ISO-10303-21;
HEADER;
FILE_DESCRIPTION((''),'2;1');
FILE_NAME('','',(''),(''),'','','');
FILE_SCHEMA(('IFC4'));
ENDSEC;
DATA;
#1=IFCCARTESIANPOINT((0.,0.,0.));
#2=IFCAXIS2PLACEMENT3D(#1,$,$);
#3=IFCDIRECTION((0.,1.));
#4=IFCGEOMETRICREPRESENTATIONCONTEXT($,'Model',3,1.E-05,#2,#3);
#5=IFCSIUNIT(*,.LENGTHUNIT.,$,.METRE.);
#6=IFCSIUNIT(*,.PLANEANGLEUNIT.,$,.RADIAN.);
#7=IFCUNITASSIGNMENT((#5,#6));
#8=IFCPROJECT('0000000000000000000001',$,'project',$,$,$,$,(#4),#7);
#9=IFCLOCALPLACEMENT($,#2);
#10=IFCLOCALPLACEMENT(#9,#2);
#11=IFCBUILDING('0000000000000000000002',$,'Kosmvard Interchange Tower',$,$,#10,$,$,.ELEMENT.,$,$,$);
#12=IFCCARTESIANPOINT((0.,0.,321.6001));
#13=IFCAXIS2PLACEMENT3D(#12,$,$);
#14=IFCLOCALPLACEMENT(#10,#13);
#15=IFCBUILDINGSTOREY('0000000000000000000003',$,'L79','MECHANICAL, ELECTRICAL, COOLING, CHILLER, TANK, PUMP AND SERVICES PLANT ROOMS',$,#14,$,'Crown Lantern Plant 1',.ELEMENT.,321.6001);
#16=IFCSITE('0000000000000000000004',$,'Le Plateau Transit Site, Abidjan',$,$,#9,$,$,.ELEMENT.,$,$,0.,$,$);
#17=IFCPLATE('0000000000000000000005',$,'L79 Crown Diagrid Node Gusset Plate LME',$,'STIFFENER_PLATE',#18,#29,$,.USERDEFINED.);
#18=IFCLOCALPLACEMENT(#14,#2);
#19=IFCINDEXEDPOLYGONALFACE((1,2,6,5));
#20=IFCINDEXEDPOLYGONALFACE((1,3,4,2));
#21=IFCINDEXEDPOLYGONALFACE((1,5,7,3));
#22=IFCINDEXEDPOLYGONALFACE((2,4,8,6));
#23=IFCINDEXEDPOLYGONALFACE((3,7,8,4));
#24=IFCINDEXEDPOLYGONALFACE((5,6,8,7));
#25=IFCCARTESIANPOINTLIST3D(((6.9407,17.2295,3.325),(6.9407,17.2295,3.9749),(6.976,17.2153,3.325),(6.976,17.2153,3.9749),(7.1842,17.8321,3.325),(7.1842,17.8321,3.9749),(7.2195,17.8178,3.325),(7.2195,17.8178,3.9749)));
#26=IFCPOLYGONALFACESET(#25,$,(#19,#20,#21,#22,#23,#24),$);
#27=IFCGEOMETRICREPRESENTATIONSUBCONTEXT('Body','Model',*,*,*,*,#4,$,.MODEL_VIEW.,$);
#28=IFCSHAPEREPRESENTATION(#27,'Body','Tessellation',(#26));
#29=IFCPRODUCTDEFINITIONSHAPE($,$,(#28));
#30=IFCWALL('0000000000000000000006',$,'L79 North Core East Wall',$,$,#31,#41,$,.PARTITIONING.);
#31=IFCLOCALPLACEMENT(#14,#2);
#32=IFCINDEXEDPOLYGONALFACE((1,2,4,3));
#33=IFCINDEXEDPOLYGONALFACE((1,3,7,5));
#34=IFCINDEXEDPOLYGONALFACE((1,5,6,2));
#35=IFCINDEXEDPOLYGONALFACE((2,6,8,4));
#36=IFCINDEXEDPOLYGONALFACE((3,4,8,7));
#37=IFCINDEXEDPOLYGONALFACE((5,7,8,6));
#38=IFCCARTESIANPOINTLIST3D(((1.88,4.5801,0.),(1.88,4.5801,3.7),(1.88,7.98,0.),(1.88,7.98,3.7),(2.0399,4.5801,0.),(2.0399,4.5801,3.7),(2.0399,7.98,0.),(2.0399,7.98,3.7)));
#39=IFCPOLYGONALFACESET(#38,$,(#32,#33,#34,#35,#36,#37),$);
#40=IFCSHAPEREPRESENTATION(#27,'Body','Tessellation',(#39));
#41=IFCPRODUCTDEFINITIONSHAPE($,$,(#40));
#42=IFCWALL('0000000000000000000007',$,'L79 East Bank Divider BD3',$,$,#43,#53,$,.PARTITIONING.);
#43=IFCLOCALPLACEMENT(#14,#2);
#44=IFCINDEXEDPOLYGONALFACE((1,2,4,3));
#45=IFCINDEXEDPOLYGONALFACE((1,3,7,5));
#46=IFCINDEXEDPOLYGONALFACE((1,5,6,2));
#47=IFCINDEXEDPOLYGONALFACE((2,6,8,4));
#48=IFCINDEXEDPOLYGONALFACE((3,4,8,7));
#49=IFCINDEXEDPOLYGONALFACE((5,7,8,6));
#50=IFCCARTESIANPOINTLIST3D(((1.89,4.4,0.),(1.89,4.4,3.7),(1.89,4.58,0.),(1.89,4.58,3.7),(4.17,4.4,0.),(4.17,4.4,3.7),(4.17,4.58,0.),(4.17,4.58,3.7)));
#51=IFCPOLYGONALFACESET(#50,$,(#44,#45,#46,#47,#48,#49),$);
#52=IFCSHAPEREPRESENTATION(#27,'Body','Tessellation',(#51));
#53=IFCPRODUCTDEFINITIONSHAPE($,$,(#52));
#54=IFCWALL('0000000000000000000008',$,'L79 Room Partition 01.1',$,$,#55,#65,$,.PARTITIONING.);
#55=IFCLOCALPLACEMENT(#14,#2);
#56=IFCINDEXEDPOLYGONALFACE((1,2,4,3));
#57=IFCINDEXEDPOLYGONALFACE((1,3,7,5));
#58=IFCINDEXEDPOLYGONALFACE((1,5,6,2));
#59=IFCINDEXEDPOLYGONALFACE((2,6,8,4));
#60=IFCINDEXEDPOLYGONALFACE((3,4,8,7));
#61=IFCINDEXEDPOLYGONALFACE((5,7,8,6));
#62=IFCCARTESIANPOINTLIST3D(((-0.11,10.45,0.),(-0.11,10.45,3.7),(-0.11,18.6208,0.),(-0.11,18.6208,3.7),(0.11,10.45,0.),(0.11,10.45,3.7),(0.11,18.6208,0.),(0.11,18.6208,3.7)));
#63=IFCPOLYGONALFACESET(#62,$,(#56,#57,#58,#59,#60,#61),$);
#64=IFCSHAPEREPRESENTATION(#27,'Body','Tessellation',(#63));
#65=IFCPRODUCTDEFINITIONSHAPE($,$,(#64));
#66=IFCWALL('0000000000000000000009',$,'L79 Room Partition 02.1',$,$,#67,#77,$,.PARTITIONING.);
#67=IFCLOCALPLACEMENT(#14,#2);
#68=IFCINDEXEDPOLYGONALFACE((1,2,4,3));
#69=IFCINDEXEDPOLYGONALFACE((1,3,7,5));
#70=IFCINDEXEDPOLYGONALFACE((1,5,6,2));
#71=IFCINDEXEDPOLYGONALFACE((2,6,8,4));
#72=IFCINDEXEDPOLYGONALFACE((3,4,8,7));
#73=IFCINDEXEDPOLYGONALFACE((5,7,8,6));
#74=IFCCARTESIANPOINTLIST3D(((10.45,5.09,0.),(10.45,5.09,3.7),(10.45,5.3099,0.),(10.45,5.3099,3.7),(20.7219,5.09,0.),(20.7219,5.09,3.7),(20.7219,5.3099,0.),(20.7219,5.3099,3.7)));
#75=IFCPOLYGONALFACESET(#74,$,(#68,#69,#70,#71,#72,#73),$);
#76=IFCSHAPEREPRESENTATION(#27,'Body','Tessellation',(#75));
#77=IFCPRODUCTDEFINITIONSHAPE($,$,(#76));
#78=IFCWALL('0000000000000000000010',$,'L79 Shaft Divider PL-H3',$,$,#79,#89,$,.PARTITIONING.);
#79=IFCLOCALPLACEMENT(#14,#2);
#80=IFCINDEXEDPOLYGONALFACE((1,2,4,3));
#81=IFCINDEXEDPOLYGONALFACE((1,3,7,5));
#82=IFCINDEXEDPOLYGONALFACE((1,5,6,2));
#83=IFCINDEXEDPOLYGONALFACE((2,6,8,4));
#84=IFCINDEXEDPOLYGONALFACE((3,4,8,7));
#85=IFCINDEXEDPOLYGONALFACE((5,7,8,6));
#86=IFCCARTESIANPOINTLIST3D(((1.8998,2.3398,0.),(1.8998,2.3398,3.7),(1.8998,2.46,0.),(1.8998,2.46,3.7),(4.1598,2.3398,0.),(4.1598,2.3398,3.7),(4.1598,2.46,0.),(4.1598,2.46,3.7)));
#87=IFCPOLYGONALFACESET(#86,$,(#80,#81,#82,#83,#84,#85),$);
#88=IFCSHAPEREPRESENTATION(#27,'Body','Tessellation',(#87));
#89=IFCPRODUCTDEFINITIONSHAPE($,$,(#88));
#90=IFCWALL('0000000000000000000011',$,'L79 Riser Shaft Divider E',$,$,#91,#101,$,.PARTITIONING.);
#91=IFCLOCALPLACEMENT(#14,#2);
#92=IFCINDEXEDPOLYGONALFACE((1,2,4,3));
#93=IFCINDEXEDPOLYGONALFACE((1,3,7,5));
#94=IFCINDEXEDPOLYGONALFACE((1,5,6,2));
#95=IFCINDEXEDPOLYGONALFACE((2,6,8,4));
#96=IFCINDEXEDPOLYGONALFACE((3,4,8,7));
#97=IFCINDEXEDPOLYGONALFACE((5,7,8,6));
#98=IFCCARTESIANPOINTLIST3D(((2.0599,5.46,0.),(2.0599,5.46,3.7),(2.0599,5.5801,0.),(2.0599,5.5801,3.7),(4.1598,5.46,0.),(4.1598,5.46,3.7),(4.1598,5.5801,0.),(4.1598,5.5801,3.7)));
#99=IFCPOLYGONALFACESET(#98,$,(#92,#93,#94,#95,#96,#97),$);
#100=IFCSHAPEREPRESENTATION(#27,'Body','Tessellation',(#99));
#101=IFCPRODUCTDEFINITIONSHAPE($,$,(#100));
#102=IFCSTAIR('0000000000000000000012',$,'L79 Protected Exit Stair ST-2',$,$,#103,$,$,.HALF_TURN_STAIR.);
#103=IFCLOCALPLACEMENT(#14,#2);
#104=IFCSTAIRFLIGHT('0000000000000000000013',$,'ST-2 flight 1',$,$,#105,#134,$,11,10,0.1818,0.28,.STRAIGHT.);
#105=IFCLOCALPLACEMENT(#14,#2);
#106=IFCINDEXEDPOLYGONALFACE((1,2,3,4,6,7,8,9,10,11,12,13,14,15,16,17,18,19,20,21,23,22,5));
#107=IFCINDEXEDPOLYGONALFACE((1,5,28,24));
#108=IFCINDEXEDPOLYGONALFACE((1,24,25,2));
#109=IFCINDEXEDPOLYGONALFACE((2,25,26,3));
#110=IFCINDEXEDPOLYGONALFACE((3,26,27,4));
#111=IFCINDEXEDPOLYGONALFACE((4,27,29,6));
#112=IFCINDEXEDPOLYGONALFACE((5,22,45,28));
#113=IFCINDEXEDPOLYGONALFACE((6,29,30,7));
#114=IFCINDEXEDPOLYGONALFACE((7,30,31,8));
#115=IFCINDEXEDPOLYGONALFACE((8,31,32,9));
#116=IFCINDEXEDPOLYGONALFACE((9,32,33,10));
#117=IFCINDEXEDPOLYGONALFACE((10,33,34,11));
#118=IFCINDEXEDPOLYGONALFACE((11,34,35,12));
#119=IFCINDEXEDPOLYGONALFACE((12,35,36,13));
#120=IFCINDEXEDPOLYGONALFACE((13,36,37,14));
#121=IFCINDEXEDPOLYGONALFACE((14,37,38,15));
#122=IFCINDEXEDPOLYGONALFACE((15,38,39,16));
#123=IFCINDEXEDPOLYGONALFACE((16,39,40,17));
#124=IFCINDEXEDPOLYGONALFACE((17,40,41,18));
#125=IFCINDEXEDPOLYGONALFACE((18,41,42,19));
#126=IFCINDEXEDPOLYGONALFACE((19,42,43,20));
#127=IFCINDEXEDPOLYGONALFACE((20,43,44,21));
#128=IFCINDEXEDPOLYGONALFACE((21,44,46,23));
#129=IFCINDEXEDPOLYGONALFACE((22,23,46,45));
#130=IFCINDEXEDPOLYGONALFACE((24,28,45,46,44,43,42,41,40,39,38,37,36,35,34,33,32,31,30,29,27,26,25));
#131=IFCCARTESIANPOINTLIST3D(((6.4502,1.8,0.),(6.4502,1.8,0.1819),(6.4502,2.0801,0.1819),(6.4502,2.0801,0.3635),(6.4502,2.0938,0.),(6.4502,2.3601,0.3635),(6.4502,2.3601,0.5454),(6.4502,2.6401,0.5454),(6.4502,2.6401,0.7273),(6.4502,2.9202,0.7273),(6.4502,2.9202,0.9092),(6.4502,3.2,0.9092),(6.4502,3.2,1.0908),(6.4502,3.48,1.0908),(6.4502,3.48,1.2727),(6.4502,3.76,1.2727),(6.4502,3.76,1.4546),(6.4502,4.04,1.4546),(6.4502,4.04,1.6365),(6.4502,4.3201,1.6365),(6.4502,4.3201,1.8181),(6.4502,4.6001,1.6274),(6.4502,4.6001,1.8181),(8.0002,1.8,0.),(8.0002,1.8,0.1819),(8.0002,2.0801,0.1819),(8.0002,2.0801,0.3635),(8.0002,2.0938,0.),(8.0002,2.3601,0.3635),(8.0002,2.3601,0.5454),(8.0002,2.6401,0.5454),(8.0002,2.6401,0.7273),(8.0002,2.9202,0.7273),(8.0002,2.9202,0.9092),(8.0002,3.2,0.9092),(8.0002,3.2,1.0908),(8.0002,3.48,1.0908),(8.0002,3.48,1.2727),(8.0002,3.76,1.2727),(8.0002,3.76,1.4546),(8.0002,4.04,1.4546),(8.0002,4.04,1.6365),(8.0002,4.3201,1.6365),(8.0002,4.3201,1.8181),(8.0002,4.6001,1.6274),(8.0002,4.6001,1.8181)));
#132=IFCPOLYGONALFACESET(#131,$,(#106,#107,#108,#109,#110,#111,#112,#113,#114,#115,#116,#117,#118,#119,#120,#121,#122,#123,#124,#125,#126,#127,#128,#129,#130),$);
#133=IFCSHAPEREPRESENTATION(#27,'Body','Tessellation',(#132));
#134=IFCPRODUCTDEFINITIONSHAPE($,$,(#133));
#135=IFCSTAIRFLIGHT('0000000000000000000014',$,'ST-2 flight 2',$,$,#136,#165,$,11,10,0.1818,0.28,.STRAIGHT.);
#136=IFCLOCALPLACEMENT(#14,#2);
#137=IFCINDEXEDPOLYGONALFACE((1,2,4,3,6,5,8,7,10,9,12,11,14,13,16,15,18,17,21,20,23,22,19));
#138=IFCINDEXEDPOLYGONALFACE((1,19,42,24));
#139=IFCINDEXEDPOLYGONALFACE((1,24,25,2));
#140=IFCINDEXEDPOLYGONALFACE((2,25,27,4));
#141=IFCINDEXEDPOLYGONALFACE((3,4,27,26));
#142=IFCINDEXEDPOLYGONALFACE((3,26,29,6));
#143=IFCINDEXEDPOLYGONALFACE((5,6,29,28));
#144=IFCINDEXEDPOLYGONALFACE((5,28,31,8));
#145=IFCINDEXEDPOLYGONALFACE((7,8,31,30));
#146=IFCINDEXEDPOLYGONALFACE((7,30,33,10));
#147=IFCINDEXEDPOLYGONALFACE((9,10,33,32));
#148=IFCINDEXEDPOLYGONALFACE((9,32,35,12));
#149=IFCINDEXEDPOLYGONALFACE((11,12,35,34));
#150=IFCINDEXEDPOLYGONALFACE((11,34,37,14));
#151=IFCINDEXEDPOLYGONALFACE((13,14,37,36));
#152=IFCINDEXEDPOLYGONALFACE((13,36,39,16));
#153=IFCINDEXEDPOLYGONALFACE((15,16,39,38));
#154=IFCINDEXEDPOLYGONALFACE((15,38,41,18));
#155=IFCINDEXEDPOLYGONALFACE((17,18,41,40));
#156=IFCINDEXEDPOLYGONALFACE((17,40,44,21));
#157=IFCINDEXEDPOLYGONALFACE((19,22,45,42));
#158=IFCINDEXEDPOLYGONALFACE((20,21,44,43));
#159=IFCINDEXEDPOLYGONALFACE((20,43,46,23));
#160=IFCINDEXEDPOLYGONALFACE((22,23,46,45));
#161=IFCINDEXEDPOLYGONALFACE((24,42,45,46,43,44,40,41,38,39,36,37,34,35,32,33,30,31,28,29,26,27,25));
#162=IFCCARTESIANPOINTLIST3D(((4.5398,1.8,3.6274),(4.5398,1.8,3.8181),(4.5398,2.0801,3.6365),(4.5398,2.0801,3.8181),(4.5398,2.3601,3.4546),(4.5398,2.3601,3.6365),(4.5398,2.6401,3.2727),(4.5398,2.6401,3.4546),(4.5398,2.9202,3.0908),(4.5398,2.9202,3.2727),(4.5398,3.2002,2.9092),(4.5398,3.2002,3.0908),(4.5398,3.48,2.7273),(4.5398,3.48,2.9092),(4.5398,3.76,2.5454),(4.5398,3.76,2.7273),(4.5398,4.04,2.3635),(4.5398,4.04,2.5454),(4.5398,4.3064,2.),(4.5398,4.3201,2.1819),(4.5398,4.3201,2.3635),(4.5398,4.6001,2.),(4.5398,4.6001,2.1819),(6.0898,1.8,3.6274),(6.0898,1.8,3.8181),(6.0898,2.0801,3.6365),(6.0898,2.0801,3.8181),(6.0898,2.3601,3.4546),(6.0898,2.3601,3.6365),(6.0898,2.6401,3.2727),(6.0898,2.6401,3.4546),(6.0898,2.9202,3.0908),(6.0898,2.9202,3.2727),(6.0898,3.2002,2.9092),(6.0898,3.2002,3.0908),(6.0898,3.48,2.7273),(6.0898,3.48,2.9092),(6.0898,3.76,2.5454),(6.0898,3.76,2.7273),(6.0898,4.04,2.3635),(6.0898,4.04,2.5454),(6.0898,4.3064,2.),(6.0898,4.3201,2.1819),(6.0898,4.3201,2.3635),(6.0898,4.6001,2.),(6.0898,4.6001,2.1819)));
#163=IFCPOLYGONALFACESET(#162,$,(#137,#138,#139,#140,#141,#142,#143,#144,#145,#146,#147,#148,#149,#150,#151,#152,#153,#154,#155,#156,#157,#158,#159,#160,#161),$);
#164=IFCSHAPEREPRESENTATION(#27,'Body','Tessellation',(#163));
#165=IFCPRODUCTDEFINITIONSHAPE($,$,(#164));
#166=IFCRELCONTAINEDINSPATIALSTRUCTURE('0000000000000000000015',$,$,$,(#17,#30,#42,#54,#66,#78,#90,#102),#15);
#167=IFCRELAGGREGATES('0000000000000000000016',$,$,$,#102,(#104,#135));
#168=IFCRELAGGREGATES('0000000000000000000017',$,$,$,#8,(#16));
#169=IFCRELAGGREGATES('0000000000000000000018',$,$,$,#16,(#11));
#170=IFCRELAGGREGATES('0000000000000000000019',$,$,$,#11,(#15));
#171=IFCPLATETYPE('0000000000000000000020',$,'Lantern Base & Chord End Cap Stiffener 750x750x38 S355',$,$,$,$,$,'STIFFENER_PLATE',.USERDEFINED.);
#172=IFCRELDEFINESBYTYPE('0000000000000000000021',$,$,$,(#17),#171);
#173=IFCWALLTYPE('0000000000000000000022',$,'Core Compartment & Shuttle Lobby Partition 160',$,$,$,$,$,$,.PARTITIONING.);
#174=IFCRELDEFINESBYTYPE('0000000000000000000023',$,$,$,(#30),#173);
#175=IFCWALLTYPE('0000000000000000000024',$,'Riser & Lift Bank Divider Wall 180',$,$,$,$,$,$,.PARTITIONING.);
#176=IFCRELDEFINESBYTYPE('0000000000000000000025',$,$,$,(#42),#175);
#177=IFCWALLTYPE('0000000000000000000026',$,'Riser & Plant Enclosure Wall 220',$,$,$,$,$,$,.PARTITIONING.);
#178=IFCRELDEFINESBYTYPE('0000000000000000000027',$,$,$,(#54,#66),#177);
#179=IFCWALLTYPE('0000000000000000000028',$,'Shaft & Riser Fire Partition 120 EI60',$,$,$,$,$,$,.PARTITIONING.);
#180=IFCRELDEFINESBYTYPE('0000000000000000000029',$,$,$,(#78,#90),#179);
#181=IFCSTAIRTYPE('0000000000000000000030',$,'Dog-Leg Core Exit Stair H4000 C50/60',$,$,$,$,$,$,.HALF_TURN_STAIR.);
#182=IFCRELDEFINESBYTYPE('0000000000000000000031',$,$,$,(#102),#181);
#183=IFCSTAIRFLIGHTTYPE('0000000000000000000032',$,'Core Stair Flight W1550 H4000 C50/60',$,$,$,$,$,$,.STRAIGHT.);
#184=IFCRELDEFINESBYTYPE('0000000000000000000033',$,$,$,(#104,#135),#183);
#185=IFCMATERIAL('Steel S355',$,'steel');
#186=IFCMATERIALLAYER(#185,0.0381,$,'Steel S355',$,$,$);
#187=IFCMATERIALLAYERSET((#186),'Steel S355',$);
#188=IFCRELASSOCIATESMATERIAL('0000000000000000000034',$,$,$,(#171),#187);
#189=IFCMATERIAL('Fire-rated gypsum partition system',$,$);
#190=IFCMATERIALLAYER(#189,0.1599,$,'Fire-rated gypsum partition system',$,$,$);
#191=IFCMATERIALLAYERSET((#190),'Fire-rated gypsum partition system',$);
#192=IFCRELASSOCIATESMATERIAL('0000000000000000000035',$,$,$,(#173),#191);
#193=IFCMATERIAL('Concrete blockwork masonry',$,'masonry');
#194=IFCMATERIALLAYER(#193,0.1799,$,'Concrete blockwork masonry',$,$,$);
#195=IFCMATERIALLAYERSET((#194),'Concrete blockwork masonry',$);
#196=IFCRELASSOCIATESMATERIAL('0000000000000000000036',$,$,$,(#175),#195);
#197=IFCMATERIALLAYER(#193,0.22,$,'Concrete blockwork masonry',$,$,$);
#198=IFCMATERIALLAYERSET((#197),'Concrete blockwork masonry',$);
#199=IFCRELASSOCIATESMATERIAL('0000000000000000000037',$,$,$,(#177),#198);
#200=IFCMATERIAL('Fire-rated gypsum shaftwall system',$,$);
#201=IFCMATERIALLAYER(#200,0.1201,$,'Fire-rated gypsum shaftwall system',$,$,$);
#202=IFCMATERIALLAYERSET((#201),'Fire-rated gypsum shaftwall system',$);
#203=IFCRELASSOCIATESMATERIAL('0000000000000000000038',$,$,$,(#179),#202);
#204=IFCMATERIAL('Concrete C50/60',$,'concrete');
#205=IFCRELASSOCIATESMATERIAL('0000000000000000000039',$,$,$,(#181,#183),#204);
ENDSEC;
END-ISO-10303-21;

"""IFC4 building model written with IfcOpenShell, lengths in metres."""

from ifc_helpers import new_model, si_unit, direction, frame, frame_2d, origin, origin_2d, place, context, subcontext, project, spatial, polyline, rectangle, outline, extrude, source, transform, mapped, material, layer, layer_set, type_object, element, aggregate, save


model = new_model("IFC4")

# Units and contexts
model_context = context("Model", 3, precision=1e-05, world=origin(), true_north=direction((0.0, 1.0)))
body_context = subcontext(model_context, "Body", "Model", "MODEL_VIEW")
ifc_project = project(units=[si_unit("LENGTHUNIT", "METRE"), si_unit("PLANEANGLEUNIT", "RADIAN")], contexts=[model_context])

# Site, building, storey
site_placement = place(None, origin())
site = spatial("IfcSite", under=ifc_project, at=site_placement, Name="Le Plateau Transit Site, Abidjan", CompositionType="ELEMENT", RefElevation=0.0)
building_placement = place(site_placement, origin())
building = spatial("IfcBuilding", under=site, at=building_placement, Name="Kosmvard Interchange Tower", CompositionType="ELEMENT")
storey_placement = place(building_placement, frame((0.0, 0.0, 321.6001)))
storey = spatial("IfcBuildingStorey", under=building, at=storey_placement, Name="L79", Description="MECHANICAL, ELECTRICAL, COOLING, CHILLER, TANK, PUMP AND SERVICES PLANT ROOMS", LongName="Crown Lantern Plant 1", CompositionType="ELEMENT", Elevation=321.6001)

# Shared definitions
ifc_material_1 = material(Name="Concrete C50/60", Category="concrete")
ifc_material_2 = material(Name="Steel S355", Category="steel")

# Plate
ifc_layer_1 = layer(ifc_material_2, 0.0381, Name="Steel S355")
ifc_layer_set_1 = layer_set([ifc_layer_1], Name="Steel S355")
plate_type = type_object("IfcPlateType", Name="Lantern Base & Chord End Cap Stiffener 750x750x38 S355", ElementType="STIFFENER_PLATE", PredefinedType="USERDEFINED", material=ifc_layer_set_1)
shared_shape_1 = source(origin(), body_context, "Body", "SweptSolid", [
    extrude(rectangle(XDim=0.6499, YDim=0.0381, at=origin_2d()), origin(), (0.0, 0.0, 1.0), 0.6499),
])
plate_1_placement = place(storey_placement, frame((7.0801, 17.5237, 3.325), z_axis=(0.0, 0.0, 1.0), x_axis=(0.374607, 0.927184, 0.0)))
element("IfcPlate", 1, at=plate_1_placement, inside=storey, type_object=plate_type, Name="L79 Crown Diagrid Node Gusset Plate LME", ObjectType="STIFFENER_PLATE", PredefinedType="USERDEFINED", context=body_context, shape_type="MappedRepresentation", body=[
    mapped(shared_shape_1, transform((0.0, 0.0, 0.0), scale=1.0)),
])

# Walls
ifc_material_3 = material(Name="Fire-rated gypsum partition system")
ifc_layer_2 = layer(ifc_material_3, 0.1599, Name="Fire-rated gypsum partition system")
ifc_layer_set_2 = layer_set([ifc_layer_2], Name="Fire-rated gypsum partition system")
wall_type_1 = type_object("IfcWallType", Name="Core Compartment & Shuttle Lobby Partition 160", PredefinedType="PARTITIONING", material=ifc_layer_set_2)
wall_1_placement = place(storey_placement, frame((1.96, 4.5801, 0.0), z_axis=(0.0, 0.0, 1.0), x_axis=(0.0, 1.0, 0.0)))
element("IfcWall", 2, at=wall_1_placement, inside=storey, type_object=wall_type_1, Name="L79 North Core East Wall", PredefinedType="PARTITIONING", context=body_context, shape_type="SweptSolid", body=[
    extrude(rectangle(XDim=3.3999, YDim=0.1599, at=frame_2d((1.7, 0.0))), origin(), (0.0, 0.0, 1.0), 3.7),
])
ifc_material_4 = material(Name="Concrete blockwork masonry", Category="masonry")
ifc_layer_3 = layer(ifc_material_4, 0.1799, Name="Concrete blockwork masonry")
ifc_layer_set_3 = layer_set([ifc_layer_3], Name="Concrete blockwork masonry")
wall_type_2 = type_object("IfcWallType", Name="Riser & Lift Bank Divider Wall 180", PredefinedType="PARTITIONING", material=ifc_layer_set_3)
wall_2_placement = place(storey_placement, frame((1.8899, 4.49, 0.0), z_axis=(0.0, 0.0, 1.0), x_axis=(1.0, 0.0, 0.0)))
element("IfcWall", 3, at=wall_2_placement, inside=storey, type_object=wall_type_2, Name="L79 East Bank Divider BD3", PredefinedType="PARTITIONING", context=body_context, shape_type="SweptSolid", body=[
    extrude(rectangle(XDim=2.28, YDim=0.1799, at=frame_2d((1.1401, 0.0))), origin(), (0.0, 0.0, 1.0), 3.7),
])
ifc_layer_4 = layer(ifc_material_4, 0.22, Name="Concrete blockwork masonry")
ifc_layer_set_4 = layer_set([ifc_layer_4], Name="Concrete blockwork masonry")
wall_type_3 = type_object("IfcWallType", Name="Riser & Plant Enclosure Wall 220", PredefinedType="PARTITIONING", material=ifc_layer_set_4)
wall_3_placement = place(storey_placement, frame((0.0, 10.45, 0.0), z_axis=(0.0, 0.0, 1.0), x_axis=(0.0, 1.0, 0.0)))
element("IfcWall", 4, at=wall_3_placement, inside=storey, type_object=wall_type_3, Name="L79 Room Partition 01.1", PredefinedType="PARTITIONING", context=body_context, shape_type="SweptSolid", body=[
    extrude(rectangle(XDim=8.1709, YDim=0.22, at=frame_2d((4.0854, 0.0))), origin(), (0.0, 0.0, 1.0), 3.7),
])
wall_4_placement = place(storey_placement, frame((10.45, 5.2, 0.0), z_axis=(0.0, 0.0, 1.0), x_axis=(1.0, 0.0, 0.0)))
element("IfcWall", 5, at=wall_4_placement, inside=storey, type_object=wall_type_3, Name="L79 Room Partition 02.1", PredefinedType="PARTITIONING", context=body_context, shape_type="SweptSolid", body=[
    extrude(rectangle(XDim=10.272, YDim=0.22, at=frame_2d((5.136, 0.0))), origin(), (0.0, 0.0, 1.0), 3.7),
])
ifc_material_5 = material(Name="Fire-rated gypsum shaftwall system")
ifc_layer_5 = layer(ifc_material_5, 0.1201, Name="Fire-rated gypsum shaftwall system")
ifc_layer_set_5 = layer_set([ifc_layer_5], Name="Fire-rated gypsum shaftwall system")
wall_type_4 = type_object("IfcWallType", Name="Shaft & Riser Fire Partition 120 EI60", PredefinedType="PARTITIONING", material=ifc_layer_set_5)
wall_5_placement = place(storey_placement, frame((1.8999, 2.3999, 0.0), z_axis=(0.0, 0.0, 1.0), x_axis=(1.0, 0.0, 0.0)))
element("IfcWall", 6, at=wall_5_placement, inside=storey, type_object=wall_type_4, Name="L79 Shaft Divider PL-H3", PredefinedType="PARTITIONING", context=body_context, shape_type="SweptSolid", body=[
    extrude(rectangle(XDim=2.26, YDim=0.1201, at=frame_2d((1.1299, 0.0))), origin(), (0.0, 0.0, 1.0), 3.7),
])
wall_6_placement = place(storey_placement, frame((2.0601, 5.52, 0.0), z_axis=(0.0, 0.0, 1.0), x_axis=(1.0, 0.0, 0.0)))
element("IfcWall", 7, at=wall_6_placement, inside=storey, type_object=wall_type_4, Name="L79 Riser Shaft Divider E", PredefinedType="PARTITIONING", context=body_context, shape_type="SweptSolid", body=[
    extrude(rectangle(XDim=2.0999, YDim=0.1201, at=frame_2d((1.0498, 0.0))), origin(), (0.0, 0.0, 1.0), 3.7),
])

# Stair, stair flights
stair_type = type_object("IfcStairType", Name="Dog-Leg Core Exit Stair H4000 C50/60", PredefinedType="HALF_TURN_STAIR", material=ifc_material_1)
stair_placement = place(storey_placement, origin())
stair = element("IfcStair", 8, at=stair_placement, inside=storey, type_object=stair_type, Name="L79 Protected Exit Stair ST-2", PredefinedType="HALF_TURN_STAIR")
stair_flight_type = type_object("IfcStairFlightType", Name="Core Stair Flight W1550 H4000 C50/60", PredefinedType="STRAIGHT", material=ifc_material_1)
shared_shape_2 = source(origin(), body_context, "Body", "SweptSolid", [
    extrude(outline(polyline([(0.0, 0.0), (0.0, 0.1819), (0.28, 0.1819), (0.28, 0.3635), (0.5601, 0.3635), (0.5601, 0.5454), (0.8401, 0.5454), (0.8401, 0.7273), (1.1201, 0.7273), (1.1201, 0.9092), (1.3999, 0.9092), (1.3999, 1.0908), (1.6799, 1.0908), (1.6799, 1.2727), (1.96, 1.2727), (1.96, 1.4546), (2.24, 1.4546), (2.24, 1.6365), (2.52, 1.6365), (2.52, 1.8181), (2.8, 1.8181), (2.8, 2.0), (2.8, 1.6274), (0.2937, 0.0), (0.0, 0.0)])), frame((0.0, 0.7749, 0.0), z_axis=(0.0, -1.0, 0.0), x_axis=(1.0, 0.0, 0.0)), (0.0, 0.0, 1.0), 1.55),
])
stair_flight_1_placement = place(storey_placement, frame((7.2251, 1.8, 0.0), z_axis=(0.0, 0.0, 1.0), x_axis=(0.0, 1.0, 0.0)))
stair_flight_1 = element("IfcStairFlight", 9, at=stair_flight_1_placement, type_object=stair_flight_type, Name="ST-2 flight 1", NumberOfRisers=11, NumberOfTreads=10, PredefinedType="STRAIGHT", RiserHeight=0.1818, TreadLength=0.28, context=body_context, shape_type="MappedRepresentation", body=[
    mapped(shared_shape_2, transform((0.0, 0.0, 0.0), scale=1.0)),
])
stair_flight_2_placement = place(storey_placement, frame((5.3149, 4.6001, 2.0), z_axis=(0.0, 0.0, 1.0), x_axis=(0.0, -1.0, 0.0)))
stair_flight_2 = element("IfcStairFlight", 10, at=stair_flight_2_placement, type_object=stair_flight_type, Name="ST-2 flight 2", NumberOfRisers=11, NumberOfTreads=10, PredefinedType="STRAIGHT", RiserHeight=0.1818, TreadLength=0.28, context=body_context, shape_type="MappedRepresentation", body=[
    mapped(shared_shape_2, transform((0.0, 0.0, 0.0), scale=1.0)),
])
aggregate(stair, [stair_flight_1, stair_flight_2])

save(model, "model.ifc")
